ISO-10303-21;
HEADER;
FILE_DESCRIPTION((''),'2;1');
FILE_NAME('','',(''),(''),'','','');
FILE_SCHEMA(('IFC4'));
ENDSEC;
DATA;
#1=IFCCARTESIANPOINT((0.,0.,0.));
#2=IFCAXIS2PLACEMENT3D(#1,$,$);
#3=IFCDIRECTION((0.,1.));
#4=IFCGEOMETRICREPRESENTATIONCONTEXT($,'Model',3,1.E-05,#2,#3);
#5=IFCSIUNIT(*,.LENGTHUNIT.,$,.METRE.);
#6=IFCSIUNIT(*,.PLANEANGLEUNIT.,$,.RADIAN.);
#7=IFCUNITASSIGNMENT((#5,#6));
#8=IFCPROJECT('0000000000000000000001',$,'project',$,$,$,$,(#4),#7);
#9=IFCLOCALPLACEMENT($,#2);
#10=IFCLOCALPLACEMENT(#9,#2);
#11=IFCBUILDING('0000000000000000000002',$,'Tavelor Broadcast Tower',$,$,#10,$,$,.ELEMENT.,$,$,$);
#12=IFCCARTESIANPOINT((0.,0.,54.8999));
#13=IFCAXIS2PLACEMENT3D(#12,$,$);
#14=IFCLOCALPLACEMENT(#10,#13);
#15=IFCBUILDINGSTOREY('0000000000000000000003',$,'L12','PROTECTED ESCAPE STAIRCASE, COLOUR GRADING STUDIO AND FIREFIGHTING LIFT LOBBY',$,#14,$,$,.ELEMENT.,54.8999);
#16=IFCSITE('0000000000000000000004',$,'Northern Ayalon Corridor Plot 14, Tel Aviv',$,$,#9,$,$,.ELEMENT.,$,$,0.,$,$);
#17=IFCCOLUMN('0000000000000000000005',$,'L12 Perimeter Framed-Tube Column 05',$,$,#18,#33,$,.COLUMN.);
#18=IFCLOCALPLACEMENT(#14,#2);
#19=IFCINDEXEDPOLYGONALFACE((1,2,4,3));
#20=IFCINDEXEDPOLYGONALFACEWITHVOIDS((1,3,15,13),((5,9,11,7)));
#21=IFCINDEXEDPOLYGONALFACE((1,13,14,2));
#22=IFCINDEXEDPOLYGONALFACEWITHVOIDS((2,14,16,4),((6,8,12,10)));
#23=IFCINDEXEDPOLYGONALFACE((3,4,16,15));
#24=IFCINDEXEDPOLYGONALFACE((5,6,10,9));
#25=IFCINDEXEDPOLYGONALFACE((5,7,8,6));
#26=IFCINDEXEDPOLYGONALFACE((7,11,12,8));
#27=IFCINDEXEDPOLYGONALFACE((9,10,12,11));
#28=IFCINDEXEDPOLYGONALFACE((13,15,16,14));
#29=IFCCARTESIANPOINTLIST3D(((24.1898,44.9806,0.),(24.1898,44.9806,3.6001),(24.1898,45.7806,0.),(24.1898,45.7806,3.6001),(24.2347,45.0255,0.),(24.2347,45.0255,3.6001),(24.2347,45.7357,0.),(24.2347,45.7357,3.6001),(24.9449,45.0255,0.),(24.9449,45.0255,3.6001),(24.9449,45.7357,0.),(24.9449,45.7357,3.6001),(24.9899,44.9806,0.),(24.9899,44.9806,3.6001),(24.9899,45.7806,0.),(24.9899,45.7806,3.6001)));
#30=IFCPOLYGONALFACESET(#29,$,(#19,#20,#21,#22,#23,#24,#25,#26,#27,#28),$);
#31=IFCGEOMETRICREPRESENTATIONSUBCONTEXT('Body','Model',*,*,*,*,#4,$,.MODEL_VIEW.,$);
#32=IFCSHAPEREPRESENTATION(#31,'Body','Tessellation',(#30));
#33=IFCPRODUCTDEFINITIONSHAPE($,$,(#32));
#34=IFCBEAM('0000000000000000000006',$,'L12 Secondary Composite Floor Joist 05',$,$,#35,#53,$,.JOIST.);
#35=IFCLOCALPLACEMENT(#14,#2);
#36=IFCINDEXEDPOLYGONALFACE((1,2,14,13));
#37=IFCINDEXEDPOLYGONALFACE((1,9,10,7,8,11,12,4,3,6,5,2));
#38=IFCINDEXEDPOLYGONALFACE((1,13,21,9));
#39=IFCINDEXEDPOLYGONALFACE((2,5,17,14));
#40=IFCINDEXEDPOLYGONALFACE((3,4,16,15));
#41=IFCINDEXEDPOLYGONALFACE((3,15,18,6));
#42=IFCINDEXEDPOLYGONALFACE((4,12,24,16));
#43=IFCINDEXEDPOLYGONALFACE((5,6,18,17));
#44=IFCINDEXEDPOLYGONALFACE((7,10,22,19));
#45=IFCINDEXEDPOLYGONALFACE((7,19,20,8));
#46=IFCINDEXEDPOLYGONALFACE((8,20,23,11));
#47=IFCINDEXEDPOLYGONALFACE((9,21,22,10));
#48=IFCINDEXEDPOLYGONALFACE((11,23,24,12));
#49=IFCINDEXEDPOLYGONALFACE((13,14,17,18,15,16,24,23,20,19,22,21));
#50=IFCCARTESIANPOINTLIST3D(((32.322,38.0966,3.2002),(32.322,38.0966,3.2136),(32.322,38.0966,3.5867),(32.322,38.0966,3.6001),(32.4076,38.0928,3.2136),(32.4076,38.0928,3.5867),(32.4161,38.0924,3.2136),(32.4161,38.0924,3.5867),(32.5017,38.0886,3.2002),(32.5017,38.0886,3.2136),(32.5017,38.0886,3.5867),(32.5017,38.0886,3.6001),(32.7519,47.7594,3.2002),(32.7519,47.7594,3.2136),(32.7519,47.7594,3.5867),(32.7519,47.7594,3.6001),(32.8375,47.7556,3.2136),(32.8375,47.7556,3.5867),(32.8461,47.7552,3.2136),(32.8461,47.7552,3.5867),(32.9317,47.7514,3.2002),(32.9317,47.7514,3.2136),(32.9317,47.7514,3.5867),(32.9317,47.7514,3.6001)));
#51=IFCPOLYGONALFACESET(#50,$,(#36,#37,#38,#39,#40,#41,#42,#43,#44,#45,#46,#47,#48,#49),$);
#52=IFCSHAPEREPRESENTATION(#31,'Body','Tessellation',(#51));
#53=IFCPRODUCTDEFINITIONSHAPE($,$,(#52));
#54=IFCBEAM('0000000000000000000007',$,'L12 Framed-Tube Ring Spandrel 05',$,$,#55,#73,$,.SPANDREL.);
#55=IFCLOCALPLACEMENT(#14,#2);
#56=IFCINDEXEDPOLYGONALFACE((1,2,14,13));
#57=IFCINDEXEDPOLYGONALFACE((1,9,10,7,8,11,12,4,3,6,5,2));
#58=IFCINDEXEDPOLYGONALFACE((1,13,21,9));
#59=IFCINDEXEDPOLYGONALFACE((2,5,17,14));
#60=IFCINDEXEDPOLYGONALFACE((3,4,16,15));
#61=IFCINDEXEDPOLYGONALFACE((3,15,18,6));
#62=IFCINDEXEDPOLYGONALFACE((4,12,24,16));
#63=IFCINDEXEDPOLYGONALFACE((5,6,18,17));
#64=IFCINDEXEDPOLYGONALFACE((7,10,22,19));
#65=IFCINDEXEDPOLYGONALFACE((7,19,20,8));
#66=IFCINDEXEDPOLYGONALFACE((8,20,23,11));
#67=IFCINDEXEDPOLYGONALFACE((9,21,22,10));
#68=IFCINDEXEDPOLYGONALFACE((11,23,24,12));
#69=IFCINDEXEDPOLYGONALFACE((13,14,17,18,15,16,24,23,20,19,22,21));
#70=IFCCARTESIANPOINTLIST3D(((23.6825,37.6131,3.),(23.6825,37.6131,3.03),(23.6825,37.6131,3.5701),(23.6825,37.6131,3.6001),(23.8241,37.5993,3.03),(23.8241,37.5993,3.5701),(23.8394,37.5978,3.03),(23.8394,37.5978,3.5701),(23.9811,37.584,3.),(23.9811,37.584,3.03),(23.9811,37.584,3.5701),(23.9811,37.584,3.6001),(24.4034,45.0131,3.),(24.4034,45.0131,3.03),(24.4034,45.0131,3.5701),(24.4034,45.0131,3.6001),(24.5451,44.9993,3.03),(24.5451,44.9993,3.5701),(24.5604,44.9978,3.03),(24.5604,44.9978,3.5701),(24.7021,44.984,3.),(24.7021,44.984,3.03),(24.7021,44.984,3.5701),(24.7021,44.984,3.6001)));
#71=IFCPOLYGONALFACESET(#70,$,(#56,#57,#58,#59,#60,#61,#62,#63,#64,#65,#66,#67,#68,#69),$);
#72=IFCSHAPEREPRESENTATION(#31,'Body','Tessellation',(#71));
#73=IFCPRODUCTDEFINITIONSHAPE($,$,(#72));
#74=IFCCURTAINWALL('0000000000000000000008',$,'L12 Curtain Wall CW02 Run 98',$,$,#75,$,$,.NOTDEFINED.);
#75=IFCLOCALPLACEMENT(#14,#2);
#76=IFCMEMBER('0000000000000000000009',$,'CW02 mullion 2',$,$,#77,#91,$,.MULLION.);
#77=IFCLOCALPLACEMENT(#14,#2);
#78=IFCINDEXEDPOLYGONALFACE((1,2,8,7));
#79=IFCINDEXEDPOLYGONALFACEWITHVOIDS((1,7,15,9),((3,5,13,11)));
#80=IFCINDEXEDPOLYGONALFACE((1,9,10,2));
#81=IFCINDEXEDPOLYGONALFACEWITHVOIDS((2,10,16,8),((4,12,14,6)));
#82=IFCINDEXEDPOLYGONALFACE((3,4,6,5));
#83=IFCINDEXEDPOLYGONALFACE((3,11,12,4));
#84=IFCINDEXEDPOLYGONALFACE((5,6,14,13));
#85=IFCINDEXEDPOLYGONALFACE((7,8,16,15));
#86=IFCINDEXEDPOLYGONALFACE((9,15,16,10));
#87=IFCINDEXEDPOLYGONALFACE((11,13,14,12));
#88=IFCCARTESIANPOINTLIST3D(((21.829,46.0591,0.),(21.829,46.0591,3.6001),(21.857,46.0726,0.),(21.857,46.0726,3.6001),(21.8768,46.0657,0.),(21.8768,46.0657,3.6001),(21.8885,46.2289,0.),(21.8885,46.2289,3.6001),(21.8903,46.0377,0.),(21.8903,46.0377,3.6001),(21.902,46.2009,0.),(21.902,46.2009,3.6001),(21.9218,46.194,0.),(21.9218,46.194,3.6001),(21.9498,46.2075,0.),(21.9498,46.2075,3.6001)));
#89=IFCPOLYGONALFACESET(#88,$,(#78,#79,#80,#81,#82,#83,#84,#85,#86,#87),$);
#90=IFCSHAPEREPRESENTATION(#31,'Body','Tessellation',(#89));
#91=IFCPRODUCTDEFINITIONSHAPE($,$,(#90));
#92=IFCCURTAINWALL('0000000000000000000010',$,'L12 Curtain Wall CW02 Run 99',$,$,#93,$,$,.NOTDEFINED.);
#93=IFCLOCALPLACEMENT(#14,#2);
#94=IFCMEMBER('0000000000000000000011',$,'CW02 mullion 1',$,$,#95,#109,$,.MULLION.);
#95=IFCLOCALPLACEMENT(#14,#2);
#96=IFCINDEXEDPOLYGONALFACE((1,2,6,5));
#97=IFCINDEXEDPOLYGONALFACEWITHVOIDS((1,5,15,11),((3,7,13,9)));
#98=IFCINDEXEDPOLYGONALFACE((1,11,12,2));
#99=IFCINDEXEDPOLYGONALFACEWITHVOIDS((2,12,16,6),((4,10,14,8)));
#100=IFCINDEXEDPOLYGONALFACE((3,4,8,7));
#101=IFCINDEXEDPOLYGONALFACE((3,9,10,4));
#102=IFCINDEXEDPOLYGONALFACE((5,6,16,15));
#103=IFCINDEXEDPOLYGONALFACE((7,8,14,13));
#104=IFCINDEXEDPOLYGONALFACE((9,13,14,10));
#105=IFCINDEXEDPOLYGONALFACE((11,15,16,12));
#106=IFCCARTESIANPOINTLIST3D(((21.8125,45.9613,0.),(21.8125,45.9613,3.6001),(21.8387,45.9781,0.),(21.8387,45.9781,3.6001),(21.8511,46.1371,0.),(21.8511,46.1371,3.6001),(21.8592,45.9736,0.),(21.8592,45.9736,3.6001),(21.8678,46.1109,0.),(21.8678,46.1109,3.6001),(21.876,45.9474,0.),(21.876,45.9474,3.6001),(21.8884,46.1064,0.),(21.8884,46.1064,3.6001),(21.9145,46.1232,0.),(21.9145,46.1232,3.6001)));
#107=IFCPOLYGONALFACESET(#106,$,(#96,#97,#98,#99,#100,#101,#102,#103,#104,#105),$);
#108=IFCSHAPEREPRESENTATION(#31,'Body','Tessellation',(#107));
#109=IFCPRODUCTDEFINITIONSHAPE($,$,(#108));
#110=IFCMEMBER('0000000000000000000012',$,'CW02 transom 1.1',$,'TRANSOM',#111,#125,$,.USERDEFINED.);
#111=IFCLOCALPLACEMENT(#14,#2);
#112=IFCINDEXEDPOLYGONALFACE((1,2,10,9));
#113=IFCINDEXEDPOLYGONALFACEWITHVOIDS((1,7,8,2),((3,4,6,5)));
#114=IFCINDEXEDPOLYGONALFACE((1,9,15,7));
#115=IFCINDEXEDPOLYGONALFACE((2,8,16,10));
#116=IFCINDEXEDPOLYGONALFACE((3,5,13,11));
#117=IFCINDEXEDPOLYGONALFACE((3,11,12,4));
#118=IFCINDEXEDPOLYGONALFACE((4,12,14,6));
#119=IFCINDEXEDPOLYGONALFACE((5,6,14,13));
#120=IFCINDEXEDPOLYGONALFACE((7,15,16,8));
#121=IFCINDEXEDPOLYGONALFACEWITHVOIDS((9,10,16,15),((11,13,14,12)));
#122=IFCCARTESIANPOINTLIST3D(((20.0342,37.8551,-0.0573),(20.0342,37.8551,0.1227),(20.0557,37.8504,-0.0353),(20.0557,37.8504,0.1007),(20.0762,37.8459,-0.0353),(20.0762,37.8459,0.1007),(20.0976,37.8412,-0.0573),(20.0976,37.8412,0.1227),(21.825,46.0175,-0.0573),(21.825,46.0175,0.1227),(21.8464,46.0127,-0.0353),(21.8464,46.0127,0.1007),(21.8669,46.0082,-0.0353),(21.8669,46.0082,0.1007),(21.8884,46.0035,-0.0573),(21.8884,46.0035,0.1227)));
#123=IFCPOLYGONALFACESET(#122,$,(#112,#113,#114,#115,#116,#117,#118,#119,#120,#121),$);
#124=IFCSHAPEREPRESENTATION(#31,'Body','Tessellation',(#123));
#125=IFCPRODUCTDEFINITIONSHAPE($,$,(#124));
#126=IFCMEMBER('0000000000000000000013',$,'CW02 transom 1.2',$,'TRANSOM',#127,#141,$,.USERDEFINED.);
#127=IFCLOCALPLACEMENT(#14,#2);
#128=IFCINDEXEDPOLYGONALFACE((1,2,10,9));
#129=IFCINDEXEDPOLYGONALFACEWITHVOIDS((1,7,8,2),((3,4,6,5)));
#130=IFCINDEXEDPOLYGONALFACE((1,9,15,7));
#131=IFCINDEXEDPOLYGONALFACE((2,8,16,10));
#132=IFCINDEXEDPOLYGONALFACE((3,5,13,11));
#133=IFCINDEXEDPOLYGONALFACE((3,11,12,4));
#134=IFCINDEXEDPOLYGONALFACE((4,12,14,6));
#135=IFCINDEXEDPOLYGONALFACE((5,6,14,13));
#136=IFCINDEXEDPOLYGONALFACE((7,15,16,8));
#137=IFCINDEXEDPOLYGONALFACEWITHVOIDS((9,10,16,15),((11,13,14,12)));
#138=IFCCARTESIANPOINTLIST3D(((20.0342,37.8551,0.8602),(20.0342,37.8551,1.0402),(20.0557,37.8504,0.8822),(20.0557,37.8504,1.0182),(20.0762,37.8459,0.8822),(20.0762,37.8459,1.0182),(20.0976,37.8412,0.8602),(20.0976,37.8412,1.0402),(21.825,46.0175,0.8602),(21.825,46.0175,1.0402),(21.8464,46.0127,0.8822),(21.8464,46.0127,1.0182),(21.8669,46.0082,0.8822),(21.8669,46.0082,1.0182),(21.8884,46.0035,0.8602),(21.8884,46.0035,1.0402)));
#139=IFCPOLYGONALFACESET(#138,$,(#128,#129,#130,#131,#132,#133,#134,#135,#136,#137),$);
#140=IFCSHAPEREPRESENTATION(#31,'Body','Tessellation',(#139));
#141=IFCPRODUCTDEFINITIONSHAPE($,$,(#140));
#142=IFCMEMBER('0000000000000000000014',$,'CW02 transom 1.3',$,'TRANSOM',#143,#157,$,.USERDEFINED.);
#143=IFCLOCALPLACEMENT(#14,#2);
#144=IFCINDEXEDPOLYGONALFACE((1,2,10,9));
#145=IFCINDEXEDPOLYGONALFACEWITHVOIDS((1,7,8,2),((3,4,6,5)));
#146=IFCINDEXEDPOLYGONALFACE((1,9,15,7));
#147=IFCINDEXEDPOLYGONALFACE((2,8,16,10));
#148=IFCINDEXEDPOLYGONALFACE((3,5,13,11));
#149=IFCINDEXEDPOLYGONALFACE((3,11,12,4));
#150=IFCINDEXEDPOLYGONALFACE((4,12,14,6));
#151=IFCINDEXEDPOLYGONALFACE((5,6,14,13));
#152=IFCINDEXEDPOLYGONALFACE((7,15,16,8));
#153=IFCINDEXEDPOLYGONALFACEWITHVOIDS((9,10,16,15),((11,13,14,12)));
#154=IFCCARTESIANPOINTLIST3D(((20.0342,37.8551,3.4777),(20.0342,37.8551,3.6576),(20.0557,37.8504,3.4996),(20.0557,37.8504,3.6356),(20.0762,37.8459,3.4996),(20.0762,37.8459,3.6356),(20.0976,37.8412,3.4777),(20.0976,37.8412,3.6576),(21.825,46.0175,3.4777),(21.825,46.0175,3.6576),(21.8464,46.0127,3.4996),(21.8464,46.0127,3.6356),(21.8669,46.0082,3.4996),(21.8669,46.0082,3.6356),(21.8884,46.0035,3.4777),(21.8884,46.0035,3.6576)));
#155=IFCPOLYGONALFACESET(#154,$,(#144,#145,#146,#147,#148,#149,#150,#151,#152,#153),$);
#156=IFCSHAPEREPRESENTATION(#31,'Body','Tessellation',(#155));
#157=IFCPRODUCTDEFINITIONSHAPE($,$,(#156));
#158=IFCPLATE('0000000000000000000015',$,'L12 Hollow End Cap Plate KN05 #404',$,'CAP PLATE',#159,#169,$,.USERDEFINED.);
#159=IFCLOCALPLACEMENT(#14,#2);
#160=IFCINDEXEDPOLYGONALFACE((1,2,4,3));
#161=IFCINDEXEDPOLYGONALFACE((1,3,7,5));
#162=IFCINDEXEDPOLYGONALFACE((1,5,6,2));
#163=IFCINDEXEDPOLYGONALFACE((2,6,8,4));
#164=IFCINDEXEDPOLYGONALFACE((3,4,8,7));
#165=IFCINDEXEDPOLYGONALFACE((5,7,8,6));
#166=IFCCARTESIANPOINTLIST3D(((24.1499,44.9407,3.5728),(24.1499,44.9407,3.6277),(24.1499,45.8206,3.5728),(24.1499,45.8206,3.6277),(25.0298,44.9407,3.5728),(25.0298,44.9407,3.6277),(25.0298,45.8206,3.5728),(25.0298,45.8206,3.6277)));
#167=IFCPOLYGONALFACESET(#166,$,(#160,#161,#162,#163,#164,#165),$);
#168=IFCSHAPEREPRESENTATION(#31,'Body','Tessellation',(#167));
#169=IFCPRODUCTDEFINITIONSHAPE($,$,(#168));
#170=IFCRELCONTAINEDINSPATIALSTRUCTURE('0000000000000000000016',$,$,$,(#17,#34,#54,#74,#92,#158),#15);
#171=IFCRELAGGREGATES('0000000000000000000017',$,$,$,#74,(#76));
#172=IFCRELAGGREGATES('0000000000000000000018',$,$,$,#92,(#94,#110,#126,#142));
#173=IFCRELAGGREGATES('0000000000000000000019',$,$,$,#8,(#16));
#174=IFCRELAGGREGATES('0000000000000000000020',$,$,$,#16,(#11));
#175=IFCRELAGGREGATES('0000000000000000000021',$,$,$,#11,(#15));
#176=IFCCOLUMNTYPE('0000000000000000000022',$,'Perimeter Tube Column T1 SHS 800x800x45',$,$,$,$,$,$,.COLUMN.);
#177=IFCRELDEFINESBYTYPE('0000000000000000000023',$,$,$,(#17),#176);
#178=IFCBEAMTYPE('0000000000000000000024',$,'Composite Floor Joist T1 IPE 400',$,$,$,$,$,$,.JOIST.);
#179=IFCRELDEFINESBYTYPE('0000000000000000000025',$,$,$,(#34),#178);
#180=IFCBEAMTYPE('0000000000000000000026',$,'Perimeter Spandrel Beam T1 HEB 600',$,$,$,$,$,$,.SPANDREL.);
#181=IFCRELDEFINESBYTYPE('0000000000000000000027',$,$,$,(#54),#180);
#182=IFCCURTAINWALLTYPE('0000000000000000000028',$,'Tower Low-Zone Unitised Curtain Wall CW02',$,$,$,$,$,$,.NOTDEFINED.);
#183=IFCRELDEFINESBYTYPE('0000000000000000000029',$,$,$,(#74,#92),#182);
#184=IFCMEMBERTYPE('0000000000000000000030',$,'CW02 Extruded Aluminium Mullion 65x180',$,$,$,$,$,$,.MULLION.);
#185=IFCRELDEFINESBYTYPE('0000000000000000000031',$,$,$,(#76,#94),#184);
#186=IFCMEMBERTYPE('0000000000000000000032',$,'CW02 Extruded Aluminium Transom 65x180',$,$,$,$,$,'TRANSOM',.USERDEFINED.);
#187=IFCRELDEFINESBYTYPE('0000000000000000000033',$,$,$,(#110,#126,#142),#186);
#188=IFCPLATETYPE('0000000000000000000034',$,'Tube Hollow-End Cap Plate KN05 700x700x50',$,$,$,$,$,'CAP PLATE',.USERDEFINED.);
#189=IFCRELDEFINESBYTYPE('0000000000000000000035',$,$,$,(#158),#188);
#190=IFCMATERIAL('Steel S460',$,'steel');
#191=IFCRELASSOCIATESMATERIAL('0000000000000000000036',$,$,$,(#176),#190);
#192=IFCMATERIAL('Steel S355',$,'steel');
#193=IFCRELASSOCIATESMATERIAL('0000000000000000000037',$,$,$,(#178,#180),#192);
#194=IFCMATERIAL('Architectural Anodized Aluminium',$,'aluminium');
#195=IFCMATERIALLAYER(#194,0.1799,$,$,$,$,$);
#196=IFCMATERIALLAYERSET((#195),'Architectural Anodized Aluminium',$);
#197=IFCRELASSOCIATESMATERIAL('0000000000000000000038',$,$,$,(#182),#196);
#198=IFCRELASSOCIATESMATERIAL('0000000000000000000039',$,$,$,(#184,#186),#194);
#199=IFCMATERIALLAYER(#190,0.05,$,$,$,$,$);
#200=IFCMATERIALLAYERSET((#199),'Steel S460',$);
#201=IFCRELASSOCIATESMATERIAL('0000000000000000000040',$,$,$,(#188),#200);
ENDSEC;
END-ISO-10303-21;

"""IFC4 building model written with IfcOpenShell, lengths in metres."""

from ifc_helpers import new_model, si_unit, direction, frame, origin, origin_2d, place, context, subcontext, project, spatial, rectangle, hollow_rectangle, i_section, extrude, source, transform, mapped, material, layer, layer_set, material_profile, profile_set, type_object, type_shapes, element, aggregate, save


model = new_model("IFC4")

# Units and contexts
model_context = context("Model", 3, precision=1e-05, world=origin(), true_north=direction((0.0, 1.0)))
body_context = subcontext(model_context, "Body", "Model", "MODEL_VIEW")
ifc_project = project(units=[si_unit("LENGTHUNIT", "METRE"), si_unit("PLANEANGLEUNIT", "RADIAN")], contexts=[model_context])

# Site, building, storey
site_placement = place(None, origin())
site = spatial("IfcSite", under=ifc_project, at=site_placement, Name="Northern Ayalon Corridor Plot 14, Tel Aviv", CompositionType="ELEMENT", RefElevation=0.0)
building_placement = place(site_placement, origin())
building = spatial("IfcBuilding", under=site, at=building_placement, Name="Tavelor Broadcast Tower", CompositionType="ELEMENT")
storey_placement = place(building_placement, frame((0.0, 0.0, 54.8999)))
storey = spatial("IfcBuildingStorey", under=building, at=storey_placement, Name="L12", Description="PROTECTED ESCAPE STAIRCASE, COLOUR GRADING STUDIO AND FIREFIGHTING LIFT LOBBY", CompositionType="ELEMENT", Elevation=54.8999)

# Column
ifc_material_1 = material(Name="Steel S460", Category="steel")
ifc_material_profile_1 = material_profile(ifc_material_1, hollow_rectangle(XDim=0.8, YDim=0.8, WallThickness=0.0449, at=origin_2d()), Name="SHS 800x800x45")
ifc_profile_set_1 = profile_set([ifc_material_profile_1], Name="Steel S460")
column_type = type_object("IfcColumnType", Name="Perimeter Tube Column T1 SHS 800x800x45", PredefinedType="COLUMN", material=ifc_profile_set_1)
column_placement = place(storey_placement, frame((24.5898, 45.3806, 0.0), z_axis=(0.0, 0.0, 1.0), x_axis=(1.0, 0.0, 0.0)))
element("IfcColumn", 1, at=column_placement, inside=storey, type_object=column_type, Name="L12 Perimeter Framed-Tube Column 05", PredefinedType="COLUMN", context=body_context, shape_type="SweptSolid", body=[
    extrude(hollow_rectangle(XDim=0.8, YDim=0.8, WallThickness=0.0449, at=origin_2d()), origin(), (0.0, 0.0, 1.0), 3.6001),
])

# Beams
ifc_material_2 = material(Name="Steel S355", Category="steel")
ifc_material_profile_2 = material_profile(ifc_material_2, i_section(OverallWidth=0.1799, OverallDepth=0.3999, WebThickness=0.0085, FlangeThickness=0.0134, at=origin_2d()), Name="IPE 400")
ifc_profile_set_2 = profile_set([ifc_material_profile_2], Name="Steel S355")
beam_type_1 = type_object("IfcBeamType", Name="Composite Floor Joist T1 IPE 400", PredefinedType="JOIST", material=ifc_profile_set_2)
beam_1_placement = place(storey_placement, frame((32.8418, 47.7554, 3.4001), z_axis=(-0.044449, -0.999012, 0.0), x_axis=(0.999012, -0.044449, 0.0)))
element("IfcBeam", 2, at=beam_1_placement, inside=storey, type_object=beam_type_1, Name="L12 Secondary Composite Floor Joist 05", PredefinedType="JOIST", context=body_context, shape_type="SweptSolid", body=[
    extrude(i_section(OverallWidth=0.1799, OverallDepth=0.3999, WebThickness=0.0085, FlangeThickness=0.0134, at=origin_2d()), origin(), (0.0, 0.0, 1.0), 9.6724),
])
ifc_material_profile_3 = material_profile(ifc_material_2, i_section(OverallWidth=0.3, OverallDepth=0.6001, WebThickness=0.0154, FlangeThickness=0.03, at=origin_2d()), Name="HEB 600")
ifc_profile_set_3 = profile_set([ifc_material_profile_3], Name="Steel S355")
beam_type_2 = type_object("IfcBeamType", Name="Perimeter Spandrel Beam T1 HEB 600", PredefinedType="SPANDREL", material=ifc_profile_set_3)
beam_2_placement = place(storey_placement, frame((24.5527, 44.9985, 3.3), z_axis=(-0.096967, -0.995288, 0.0), x_axis=(0.995288, -0.096967, 0.0)))
element("IfcBeam", 3, at=beam_2_placement, inside=storey, type_object=beam_type_2, Name="L12 Framed-Tube Ring Spandrel 05", PredefinedType="SPANDREL", context=body_context, shape_type="SweptSolid", body=[
    extrude(i_section(OverallWidth=0.3, OverallDepth=0.6001, WebThickness=0.0154, FlangeThickness=0.03, at=origin_2d()), origin(), (0.0, 0.0, 1.0), 7.4351),
])

# Curtain wall, member
ifc_material_3 = material(Name="Architectural Anodized Aluminium", Category="aluminium")
ifc_layer_1 = layer(ifc_material_3, 0.1799)
ifc_layer_set_1 = layer_set([ifc_layer_1], Name="Architectural Anodized Aluminium")
curtain_wall_type = type_object("IfcCurtainWallType", Name="Tower Low-Zone Unitised Curtain Wall CW02", PredefinedType="NOTDEFINED", material=ifc_layer_set_1)
curtain_wall_1_placement = place(storey_placement, origin())
curtain_wall_1 = element("IfcCurtainWall", 4, at=curtain_wall_1_placement, inside=storey, type_object=curtain_wall_type, Name="L12 Curtain Wall CW02 Run 98", PredefinedType="NOTDEFINED")
ifc_material_profile_4 = material_profile(ifc_material_3, hollow_rectangle(XDim=0.0649, YDim=0.1799, WallThickness=0.022, at=origin_2d()), Name="RHS 65x180x22")
ifc_profile_set_4 = profile_set([ifc_material_profile_4], Name="Architectural Anodized Aluminium")
member_type_1 = type_object("IfcMemberType", Name="CW02 Extruded Aluminium Mullion 65x180", PredefinedType="MULLION", material=ifc_profile_set_4)
shared_shape_1 = source(origin(), body_context, "Body", "SweptSolid", [
    extrude(hollow_rectangle(XDim=0.0649, YDim=0.1799, WallThickness=0.022, at=origin_2d()), origin(), (0.0, 0.0, 1.0), 3.6001),
])
type_shapes(member_type_1, [shared_shape_1])
member_1_placement = place(storey_placement, frame((21.8894, 46.1333, 0.0), z_axis=(0.0, 0.0, 1.0), x_axis=(0.943661, -0.330913, 0.0)))
member_1 = element("IfcMember", 5, at=member_1_placement, type_object=member_type_1, Name="CW02 mullion 2", PredefinedType="MULLION", context=body_context, shape_type="MappedRepresentation", body=[
    mapped(shared_shape_1, transform((0.0, 0.0, 0.0), scale=1.0)),
])

# Curtain wall, members
curtain_wall_2_placement = place(storey_placement, origin())
curtain_wall_2 = element("IfcCurtainWall", 6, at=curtain_wall_2_placement, inside=storey, type_object=curtain_wall_type, Name="L12 Curtain Wall CW02 Run 99", PredefinedType="NOTDEFINED")
member_2_placement = place(storey_placement, frame((21.8635, 46.0422, 0.0), z_axis=(0.0, 0.0, 1.0), x_axis=(0.976769, -0.214297, 0.0)))
member_2 = element("IfcMember", 7, at=member_2_placement, type_object=member_type_1, Name="CW02 mullion 1", PredefinedType="MULLION", context=body_context, shape_type="MappedRepresentation", body=[
    mapped(shared_shape_1, transform((0.0, 0.0, 0.0), scale=1.0)),
])
ifc_material_profile_5 = material_profile(ifc_material_3, hollow_rectangle(XDim=0.0649, YDim=0.1799, WallThickness=0.022, at=origin_2d()), Name="RHS 65x180x22")
ifc_profile_set_5 = profile_set([ifc_material_profile_5], Name="Architectural Anodized Aluminium")
member_type_2 = type_object("IfcMemberType", Name="CW02 Extruded Aluminium Transom 65x180", ElementType="TRANSOM", PredefinedType="USERDEFINED", material=ifc_profile_set_5)
shared_shape_2 = source(origin(), body_context, "Body", "SweptSolid", [
    extrude(hollow_rectangle(XDim=0.0649, YDim=0.1799, WallThickness=0.022, at=origin_2d()), origin(), (0.0, 0.0, 1.0), 8.3564),
])
type_shapes(member_type_2, [shared_shape_2])
member_3_placement = place(storey_placement, frame((21.8567, 46.0105, 0.0327), z_axis=(-0.214297, -0.976769, 0.0), x_axis=(0.976769, -0.214297, 0.0)))
member_3 = element("IfcMember", 8, at=member_3_placement, type_object=member_type_2, Name="CW02 transom 1.1", ObjectType="TRANSOM", PredefinedType="USERDEFINED", context=body_context, shape_type="MappedRepresentation", body=[
    mapped(shared_shape_2, transform((0.0, 0.0, 0.0), scale=1.0)),
])
member_4_placement = place(storey_placement, frame((21.8567, 46.0105, 0.9502), z_axis=(-0.214297, -0.976769, 0.0), x_axis=(0.976769, -0.214297, 0.0)))
member_4 = element("IfcMember", 9, at=member_4_placement, type_object=member_type_2, Name="CW02 transom 1.2", ObjectType="TRANSOM", PredefinedType="USERDEFINED", context=body_context, shape_type="MappedRepresentation", body=[
    mapped(shared_shape_2, transform((0.0, 0.0, 0.0), scale=1.0)),
])
member_5_placement = place(storey_placement, frame((21.8567, 46.0105, 3.5676), z_axis=(-0.214297, -0.976769, 0.0), x_axis=(0.976769, -0.214297, 0.0)))
member_5 = element("IfcMember", 10, at=member_5_placement, type_object=member_type_2, Name="CW02 transom 1.3", ObjectType="TRANSOM", PredefinedType="USERDEFINED", context=body_context, shape_type="MappedRepresentation", body=[
    mapped(shared_shape_2, transform((0.0, 0.0, 0.0), scale=1.0)),
])

# Plate
ifc_layer_2 = layer(ifc_material_1, 0.05)
ifc_layer_set_2 = layer_set([ifc_layer_2], Name="Steel S460")
plate_type_1 = type_object("IfcPlateType", Name="Tube Hollow-End Cap Plate KN05 700x700x50", ElementType="CAP PLATE", PredefinedType="USERDEFINED", material=ifc_layer_set_2)
shared_shape_3 = source(origin(), body_context, "Body", "SweptSolid", [
    extrude(rectangle(XDim=0.8799, YDim=0.8799, at=origin_2d()), origin(), (0.0, 0.0, 1.0), 0.0549),
])
type_shapes(plate_type_1, [shared_shape_3])
plate_1_placement = place(storey_placement, frame((24.5898, 45.3806, 3.5728), z_axis=(0.0, 0.0, 1.0), x_axis=(1.0, 0.0, 0.0)))
element("IfcPlate", 11, at=plate_1_placement, inside=storey, type_object=plate_type_1, Name="L12 Hollow End Cap Plate KN05 #404", ObjectType="CAP PLATE", PredefinedType="USERDEFINED", context=body_context, shape_type="MappedRepresentation", body=[
    mapped(shared_shape_3, transform((0.0, 0.0, 0.0), scale=1.0)),
])
aggregate(curtain_wall_1, [member_1])
aggregate(curtain_wall_2, [member_2, member_3, member_4, member_5])

save(model, "model.ifc")
